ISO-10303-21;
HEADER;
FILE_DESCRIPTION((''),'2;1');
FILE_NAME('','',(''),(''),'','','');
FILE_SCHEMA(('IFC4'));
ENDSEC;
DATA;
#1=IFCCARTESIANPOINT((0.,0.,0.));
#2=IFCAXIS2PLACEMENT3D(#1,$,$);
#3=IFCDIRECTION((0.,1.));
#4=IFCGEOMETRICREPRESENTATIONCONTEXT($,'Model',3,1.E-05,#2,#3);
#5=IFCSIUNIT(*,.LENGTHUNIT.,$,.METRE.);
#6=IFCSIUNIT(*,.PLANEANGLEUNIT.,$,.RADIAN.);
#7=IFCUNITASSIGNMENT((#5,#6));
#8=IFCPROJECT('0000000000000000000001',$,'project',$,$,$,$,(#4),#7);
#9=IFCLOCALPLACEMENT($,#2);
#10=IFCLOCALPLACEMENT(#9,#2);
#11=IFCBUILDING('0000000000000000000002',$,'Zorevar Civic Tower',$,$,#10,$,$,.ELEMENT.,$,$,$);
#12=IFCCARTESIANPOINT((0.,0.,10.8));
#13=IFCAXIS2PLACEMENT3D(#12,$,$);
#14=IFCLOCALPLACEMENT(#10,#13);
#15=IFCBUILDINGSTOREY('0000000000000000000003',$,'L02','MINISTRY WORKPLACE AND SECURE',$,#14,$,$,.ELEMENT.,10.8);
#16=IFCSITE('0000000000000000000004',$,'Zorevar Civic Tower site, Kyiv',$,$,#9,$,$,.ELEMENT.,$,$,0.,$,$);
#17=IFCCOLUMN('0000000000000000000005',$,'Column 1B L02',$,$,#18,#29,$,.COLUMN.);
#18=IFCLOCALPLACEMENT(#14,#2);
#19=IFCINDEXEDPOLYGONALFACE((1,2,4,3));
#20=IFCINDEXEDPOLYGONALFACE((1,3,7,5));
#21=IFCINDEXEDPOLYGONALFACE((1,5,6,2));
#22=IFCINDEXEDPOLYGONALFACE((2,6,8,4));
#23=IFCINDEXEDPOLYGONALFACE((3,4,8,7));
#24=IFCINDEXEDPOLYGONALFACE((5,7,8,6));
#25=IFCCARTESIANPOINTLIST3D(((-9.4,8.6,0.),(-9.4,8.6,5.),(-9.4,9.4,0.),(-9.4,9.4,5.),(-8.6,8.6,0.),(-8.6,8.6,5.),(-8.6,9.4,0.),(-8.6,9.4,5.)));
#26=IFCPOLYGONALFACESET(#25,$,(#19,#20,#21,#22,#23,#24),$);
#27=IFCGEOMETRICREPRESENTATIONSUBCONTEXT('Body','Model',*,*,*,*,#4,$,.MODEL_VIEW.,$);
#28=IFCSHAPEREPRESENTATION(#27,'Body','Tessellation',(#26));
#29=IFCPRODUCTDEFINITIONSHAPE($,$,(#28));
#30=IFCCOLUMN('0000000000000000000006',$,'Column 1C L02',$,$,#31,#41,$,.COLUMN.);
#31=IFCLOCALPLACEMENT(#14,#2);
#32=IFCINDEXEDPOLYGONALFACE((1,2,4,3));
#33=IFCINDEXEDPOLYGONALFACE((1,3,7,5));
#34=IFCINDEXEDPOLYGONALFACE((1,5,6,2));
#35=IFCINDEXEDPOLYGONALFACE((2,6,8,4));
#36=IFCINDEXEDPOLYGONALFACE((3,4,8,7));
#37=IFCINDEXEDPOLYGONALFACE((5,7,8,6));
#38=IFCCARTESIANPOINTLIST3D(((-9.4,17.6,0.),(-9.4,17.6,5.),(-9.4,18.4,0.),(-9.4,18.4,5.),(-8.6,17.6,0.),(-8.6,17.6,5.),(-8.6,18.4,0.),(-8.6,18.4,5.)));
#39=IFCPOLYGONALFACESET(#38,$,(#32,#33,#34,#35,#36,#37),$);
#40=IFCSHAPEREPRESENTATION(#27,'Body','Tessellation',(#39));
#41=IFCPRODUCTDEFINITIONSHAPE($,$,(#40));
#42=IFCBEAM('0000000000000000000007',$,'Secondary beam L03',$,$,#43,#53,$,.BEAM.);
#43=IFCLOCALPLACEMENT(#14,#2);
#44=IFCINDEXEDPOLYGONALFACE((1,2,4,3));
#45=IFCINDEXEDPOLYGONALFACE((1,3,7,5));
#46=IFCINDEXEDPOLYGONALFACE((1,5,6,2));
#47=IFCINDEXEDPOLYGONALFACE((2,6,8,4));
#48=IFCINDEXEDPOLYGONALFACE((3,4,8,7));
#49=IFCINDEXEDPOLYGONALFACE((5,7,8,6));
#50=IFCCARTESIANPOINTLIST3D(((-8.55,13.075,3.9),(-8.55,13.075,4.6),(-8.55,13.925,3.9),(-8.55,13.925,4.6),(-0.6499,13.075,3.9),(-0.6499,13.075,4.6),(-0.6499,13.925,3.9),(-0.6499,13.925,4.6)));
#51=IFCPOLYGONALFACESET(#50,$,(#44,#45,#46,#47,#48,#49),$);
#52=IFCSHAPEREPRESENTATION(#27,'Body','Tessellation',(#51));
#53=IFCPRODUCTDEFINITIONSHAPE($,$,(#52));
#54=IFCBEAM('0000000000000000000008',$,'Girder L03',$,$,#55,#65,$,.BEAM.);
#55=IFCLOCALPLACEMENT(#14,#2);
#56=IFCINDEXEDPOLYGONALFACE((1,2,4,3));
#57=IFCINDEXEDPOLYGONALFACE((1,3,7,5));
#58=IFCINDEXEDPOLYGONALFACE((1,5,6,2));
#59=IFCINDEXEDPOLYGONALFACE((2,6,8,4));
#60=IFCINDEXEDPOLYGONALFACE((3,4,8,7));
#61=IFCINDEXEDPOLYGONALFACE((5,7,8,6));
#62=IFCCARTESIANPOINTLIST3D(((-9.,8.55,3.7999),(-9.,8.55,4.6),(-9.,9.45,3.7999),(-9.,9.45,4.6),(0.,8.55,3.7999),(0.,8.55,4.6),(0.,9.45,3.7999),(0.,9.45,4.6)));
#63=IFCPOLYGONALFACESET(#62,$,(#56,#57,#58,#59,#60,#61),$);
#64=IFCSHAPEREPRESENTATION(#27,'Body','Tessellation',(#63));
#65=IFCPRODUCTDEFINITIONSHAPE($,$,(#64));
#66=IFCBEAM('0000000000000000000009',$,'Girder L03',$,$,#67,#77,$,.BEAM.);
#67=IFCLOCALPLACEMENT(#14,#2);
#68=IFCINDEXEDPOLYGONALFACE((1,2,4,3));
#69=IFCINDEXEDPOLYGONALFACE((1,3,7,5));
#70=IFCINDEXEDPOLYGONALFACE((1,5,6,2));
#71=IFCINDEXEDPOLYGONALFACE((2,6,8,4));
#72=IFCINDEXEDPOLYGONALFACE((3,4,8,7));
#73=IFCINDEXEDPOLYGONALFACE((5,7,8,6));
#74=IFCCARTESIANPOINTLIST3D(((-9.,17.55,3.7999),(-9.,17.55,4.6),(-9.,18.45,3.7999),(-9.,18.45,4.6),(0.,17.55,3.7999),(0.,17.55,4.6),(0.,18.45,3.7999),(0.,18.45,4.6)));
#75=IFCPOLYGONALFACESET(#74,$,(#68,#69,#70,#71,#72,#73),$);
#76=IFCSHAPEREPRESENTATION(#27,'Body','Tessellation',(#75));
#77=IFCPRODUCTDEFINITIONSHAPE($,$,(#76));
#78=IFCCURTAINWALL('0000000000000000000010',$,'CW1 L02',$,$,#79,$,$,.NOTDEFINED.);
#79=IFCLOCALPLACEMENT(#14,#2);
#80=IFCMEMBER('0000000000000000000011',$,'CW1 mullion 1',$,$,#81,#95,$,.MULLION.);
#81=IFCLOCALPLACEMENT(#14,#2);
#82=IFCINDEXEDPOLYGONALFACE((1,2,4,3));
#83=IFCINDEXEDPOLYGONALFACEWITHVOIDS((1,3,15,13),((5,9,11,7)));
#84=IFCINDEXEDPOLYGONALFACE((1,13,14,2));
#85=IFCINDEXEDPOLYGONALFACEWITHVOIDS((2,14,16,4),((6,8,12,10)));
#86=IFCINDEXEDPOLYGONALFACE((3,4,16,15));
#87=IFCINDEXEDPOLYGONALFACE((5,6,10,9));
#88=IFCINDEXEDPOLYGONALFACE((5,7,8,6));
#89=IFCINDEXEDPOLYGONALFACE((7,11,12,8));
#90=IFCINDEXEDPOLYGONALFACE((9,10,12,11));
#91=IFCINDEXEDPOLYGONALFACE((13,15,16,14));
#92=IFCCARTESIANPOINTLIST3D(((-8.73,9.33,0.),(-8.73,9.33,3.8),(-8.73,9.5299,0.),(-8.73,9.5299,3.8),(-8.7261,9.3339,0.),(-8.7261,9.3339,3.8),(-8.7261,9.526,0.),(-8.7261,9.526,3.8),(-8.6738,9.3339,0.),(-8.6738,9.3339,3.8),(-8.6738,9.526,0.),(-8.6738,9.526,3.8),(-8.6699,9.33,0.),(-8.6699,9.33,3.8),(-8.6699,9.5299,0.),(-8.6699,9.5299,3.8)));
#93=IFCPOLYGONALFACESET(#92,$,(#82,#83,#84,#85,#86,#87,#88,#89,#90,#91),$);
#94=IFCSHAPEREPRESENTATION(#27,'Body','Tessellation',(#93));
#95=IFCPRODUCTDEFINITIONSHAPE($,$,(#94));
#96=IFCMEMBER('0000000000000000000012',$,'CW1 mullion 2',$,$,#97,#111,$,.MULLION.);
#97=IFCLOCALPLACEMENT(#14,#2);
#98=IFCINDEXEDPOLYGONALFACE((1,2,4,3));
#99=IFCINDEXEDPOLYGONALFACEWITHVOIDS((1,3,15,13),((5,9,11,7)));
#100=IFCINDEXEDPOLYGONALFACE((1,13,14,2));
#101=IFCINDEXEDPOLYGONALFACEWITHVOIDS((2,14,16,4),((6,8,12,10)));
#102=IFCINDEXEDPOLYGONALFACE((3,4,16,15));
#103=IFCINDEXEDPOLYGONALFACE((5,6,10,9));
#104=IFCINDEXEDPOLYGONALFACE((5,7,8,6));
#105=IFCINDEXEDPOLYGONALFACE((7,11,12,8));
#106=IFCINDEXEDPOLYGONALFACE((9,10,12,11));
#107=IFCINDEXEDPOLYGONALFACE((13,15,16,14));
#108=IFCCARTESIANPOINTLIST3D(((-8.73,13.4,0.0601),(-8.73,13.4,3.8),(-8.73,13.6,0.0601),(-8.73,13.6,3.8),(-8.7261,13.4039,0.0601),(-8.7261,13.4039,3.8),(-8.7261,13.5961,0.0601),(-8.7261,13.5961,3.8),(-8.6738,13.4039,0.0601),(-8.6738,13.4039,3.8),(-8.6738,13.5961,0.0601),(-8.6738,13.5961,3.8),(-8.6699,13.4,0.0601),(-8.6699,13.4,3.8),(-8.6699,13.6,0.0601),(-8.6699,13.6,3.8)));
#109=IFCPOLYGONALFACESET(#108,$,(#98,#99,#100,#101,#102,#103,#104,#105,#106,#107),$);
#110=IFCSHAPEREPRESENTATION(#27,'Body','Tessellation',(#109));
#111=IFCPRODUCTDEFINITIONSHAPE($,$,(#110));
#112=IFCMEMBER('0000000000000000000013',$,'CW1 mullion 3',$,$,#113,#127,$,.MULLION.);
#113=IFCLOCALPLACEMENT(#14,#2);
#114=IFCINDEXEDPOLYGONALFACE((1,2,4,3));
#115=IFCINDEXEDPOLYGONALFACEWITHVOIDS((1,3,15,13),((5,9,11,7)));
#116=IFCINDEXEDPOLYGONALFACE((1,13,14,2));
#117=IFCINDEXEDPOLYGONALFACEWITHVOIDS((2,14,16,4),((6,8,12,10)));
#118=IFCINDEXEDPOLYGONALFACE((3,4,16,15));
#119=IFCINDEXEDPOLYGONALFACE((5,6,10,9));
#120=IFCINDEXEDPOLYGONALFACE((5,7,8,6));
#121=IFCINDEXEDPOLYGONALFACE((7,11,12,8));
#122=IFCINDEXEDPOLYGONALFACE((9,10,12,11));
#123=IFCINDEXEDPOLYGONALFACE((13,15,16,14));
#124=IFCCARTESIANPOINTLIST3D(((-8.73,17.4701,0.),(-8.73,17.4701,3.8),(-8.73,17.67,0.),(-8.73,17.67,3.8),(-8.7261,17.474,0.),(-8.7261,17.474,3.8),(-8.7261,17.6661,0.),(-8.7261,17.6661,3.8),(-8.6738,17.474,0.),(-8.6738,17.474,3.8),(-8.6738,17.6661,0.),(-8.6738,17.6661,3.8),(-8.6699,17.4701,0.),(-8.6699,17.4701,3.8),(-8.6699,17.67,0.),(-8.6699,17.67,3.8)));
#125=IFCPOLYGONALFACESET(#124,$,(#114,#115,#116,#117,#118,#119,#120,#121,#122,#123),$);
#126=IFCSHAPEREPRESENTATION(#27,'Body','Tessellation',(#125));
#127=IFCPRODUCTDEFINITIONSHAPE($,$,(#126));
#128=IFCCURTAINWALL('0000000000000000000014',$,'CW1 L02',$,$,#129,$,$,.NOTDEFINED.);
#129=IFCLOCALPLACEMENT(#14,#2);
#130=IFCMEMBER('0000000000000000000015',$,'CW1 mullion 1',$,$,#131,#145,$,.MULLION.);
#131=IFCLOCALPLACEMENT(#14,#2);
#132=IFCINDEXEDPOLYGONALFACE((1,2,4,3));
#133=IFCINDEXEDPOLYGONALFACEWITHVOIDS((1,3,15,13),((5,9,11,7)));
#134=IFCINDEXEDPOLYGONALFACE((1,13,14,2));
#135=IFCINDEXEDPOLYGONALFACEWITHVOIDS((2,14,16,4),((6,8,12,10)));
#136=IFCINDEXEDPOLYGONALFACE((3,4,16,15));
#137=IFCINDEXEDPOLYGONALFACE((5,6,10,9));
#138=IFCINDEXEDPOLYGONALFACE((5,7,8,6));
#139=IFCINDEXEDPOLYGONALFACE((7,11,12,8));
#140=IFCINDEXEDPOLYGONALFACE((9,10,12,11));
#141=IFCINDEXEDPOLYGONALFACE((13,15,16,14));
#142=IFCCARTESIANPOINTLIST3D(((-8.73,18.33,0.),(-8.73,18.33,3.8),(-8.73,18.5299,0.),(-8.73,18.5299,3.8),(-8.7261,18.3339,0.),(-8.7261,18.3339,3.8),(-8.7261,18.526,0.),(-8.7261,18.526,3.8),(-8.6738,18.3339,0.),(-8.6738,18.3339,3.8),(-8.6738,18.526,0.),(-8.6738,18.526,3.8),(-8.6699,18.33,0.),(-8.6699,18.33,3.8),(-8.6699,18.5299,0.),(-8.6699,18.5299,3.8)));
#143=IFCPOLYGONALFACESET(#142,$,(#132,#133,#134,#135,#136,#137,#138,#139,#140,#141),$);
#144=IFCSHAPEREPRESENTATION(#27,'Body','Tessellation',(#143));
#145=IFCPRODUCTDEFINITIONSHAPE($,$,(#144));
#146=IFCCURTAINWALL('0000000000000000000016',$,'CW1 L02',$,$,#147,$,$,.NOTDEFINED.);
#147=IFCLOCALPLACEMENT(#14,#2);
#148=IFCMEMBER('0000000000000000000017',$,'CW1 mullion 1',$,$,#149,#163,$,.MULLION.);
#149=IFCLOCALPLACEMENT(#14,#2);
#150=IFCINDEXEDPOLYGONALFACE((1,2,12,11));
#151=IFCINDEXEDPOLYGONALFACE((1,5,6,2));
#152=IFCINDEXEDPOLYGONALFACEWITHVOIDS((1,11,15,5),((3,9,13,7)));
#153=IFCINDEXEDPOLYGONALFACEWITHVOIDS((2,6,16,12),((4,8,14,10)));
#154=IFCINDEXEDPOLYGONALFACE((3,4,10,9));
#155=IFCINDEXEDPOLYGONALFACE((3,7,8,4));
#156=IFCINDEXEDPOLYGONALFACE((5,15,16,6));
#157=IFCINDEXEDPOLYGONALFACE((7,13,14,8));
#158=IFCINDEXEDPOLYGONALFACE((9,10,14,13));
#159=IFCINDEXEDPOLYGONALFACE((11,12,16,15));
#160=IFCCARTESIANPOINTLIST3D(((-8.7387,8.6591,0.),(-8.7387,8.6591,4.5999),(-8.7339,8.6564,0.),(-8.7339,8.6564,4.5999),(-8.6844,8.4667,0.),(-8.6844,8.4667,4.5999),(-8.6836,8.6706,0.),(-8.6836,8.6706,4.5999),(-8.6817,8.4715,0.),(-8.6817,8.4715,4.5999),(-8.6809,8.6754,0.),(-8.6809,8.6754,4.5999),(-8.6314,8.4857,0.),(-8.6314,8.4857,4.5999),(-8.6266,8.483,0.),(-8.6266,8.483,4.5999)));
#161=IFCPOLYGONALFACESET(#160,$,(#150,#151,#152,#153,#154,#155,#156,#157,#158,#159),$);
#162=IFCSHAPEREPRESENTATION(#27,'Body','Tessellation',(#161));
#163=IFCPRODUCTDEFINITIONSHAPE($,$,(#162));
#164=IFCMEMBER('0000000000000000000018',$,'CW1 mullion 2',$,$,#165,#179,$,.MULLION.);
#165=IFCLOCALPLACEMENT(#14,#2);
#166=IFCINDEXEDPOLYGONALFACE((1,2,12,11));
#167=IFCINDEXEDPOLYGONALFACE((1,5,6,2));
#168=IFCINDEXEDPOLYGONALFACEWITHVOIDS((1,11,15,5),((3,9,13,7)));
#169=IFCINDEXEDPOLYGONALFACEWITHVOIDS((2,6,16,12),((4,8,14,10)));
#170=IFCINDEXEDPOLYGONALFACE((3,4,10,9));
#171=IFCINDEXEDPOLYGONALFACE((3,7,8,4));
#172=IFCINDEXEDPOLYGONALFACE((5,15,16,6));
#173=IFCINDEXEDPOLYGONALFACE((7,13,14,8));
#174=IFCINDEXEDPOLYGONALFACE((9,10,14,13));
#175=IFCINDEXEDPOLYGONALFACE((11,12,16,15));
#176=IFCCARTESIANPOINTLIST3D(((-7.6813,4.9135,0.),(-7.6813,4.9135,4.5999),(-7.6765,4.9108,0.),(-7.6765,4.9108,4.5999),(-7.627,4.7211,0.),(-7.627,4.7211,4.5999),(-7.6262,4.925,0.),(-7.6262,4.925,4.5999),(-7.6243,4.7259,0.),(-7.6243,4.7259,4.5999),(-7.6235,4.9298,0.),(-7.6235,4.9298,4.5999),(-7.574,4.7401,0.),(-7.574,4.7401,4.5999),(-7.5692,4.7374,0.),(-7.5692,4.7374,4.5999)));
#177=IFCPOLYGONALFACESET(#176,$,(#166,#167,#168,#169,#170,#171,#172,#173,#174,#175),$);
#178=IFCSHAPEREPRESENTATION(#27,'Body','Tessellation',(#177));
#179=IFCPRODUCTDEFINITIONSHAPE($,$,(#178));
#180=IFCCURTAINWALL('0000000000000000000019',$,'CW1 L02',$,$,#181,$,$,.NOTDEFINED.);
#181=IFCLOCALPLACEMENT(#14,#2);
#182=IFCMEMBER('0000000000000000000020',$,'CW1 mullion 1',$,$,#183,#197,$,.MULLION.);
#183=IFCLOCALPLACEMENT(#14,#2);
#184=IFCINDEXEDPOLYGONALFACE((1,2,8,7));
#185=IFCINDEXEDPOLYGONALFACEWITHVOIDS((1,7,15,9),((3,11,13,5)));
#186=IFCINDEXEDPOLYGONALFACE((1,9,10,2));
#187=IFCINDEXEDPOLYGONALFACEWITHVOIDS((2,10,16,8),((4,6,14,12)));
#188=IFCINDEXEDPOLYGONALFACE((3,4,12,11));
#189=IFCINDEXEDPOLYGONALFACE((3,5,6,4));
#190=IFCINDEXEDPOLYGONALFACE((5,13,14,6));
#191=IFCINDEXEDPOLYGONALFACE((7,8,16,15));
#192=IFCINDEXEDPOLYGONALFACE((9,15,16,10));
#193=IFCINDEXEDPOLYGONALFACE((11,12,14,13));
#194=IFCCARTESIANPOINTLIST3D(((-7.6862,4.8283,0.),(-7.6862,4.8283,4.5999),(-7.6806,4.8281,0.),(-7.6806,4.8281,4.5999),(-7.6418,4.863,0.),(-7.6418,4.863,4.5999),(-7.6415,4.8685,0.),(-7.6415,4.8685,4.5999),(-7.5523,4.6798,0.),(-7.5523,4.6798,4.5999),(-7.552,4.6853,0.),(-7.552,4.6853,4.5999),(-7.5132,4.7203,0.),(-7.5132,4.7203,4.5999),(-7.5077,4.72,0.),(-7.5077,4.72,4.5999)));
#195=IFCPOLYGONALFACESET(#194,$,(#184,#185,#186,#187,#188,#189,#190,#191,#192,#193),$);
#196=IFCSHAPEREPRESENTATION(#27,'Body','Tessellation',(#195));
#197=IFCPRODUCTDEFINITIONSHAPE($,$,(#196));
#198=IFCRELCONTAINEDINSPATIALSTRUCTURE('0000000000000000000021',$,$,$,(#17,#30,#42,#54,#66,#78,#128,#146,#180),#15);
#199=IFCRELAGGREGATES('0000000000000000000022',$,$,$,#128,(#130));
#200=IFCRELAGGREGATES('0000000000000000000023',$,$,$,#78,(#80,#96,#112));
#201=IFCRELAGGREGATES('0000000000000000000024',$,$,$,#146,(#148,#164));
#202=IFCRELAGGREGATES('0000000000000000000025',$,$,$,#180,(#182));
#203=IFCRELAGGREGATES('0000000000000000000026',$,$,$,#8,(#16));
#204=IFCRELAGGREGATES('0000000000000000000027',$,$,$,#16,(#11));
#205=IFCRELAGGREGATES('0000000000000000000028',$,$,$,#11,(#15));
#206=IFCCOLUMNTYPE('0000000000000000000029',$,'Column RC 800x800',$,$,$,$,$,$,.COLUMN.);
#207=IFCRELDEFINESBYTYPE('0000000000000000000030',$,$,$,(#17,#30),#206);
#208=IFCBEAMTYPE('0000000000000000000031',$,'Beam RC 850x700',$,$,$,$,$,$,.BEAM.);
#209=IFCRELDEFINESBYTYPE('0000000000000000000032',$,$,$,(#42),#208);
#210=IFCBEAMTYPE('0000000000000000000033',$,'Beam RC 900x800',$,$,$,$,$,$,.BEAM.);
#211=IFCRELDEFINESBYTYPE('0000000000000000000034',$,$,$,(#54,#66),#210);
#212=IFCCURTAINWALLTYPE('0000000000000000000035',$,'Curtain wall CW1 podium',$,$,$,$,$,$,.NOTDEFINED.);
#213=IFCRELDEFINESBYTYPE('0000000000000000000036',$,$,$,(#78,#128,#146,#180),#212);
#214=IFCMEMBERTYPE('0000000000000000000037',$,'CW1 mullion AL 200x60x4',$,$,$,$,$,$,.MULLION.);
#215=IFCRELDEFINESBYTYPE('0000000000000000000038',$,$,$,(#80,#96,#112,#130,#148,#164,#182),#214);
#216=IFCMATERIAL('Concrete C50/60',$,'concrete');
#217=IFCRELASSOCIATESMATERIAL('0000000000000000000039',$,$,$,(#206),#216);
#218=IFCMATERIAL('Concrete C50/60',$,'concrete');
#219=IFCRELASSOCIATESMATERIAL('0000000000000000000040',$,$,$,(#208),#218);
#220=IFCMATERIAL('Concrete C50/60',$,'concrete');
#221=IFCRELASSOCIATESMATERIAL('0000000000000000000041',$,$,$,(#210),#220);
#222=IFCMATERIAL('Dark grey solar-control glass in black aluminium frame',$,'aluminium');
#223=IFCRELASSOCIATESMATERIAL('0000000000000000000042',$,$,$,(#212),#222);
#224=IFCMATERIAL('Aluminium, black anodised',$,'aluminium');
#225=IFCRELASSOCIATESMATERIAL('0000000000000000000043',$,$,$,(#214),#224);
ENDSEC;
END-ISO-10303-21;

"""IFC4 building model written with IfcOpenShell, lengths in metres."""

from ifc_helpers import new_model, si_unit, direction, frame, origin, origin_2d, place, context, subcontext, project, spatial, rectangle, hollow_rectangle, extrude, material, material_profile, profile_set, type_object, element, aggregate, save


model = new_model("IFC4")

# Units and contexts
model_context = context("Model", 3, precision=1e-05, world=origin(), true_north=direction((0.0, 1.0)))
body_context = subcontext(model_context, "Body", "Model", "MODEL_VIEW")
ifc_project = project(units=[si_unit("LENGTHUNIT", "METRE"), si_unit("PLANEANGLEUNIT", "RADIAN")], contexts=[model_context])

# Site, building, storey
site_placement = place(None, origin())
site = spatial("IfcSite", under=ifc_project, at=site_placement, Name="Zorevar Civic Tower site, Kyiv", CompositionType="ELEMENT", RefElevation=0.0)
building_placement = place(site_placement, origin())
building = spatial("IfcBuilding", under=site, at=building_placement, Name="Zorevar Civic Tower", CompositionType="ELEMENT")
storey_placement = place(building_placement, frame((0.0, 0.0, 10.8)))
storey = spatial("IfcBuildingStorey", under=building, at=storey_placement, Name="L02", Description="MINISTRY WORKPLACE AND SECURE", CompositionType="ELEMENT", Elevation=10.8)

# Columns
ifc_material_1 = material(Name="Concrete C50/60", Category="concrete")
ifc_material_profile_1 = material_profile(ifc_material_1, rectangle(XDim=0.8, YDim=0.8, at=origin_2d()), Name="RC 800x800")
ifc_profile_set_1 = profile_set([ifc_material_profile_1], Name="Concrete C50/60")
column_type = type_object("IfcColumnType", Name="Column RC 800x800", PredefinedType="COLUMN", material=ifc_profile_set_1)
for number, where, z_axis, x_axis, name in (
    (1, (-9.0, 9.0, 0.0), (0.0, 0.0, 1.0), (1.0, 0.0, 0.0), "Column 1B L02"),
    (2, (-9.0, 18.0, 0.0), (0.0, 0.0, 1.0), (1.0, 0.0, 0.0), "Column 1C L02"),
):
    element("IfcColumn", number, at=place(storey_placement, frame(where, z_axis=z_axis, x_axis=x_axis)), inside=storey, type_object=column_type, Name=name, PredefinedType="COLUMN", context=body_context, shape_type="SweptSolid", body=[
        extrude(rectangle(XDim=0.8, YDim=0.8, at=origin_2d()), origin(), (0.0, 0.0, 1.0), 5.0),
    ])

# Beams
ifc_material_2 = material(Name="Concrete C50/60", Category="concrete")
ifc_material_profile_2 = material_profile(ifc_material_2, rectangle(XDim=0.8501, YDim=0.7, at=origin_2d()), Name="RC 850x700")
ifc_profile_set_2 = profile_set([ifc_material_profile_2], Name="Concrete C50/60")
beam_type_1 = type_object("IfcBeamType", Name="Beam RC 850x700", PredefinedType="BEAM", material=ifc_profile_set_2)
beam_1_placement = place(storey_placement, frame((-8.55, 13.5, 4.25), z_axis=(1.0, 0.0, 0.0), x_axis=(0.0, 1.0, 0.0)))
element("IfcBeam", 3, at=beam_1_placement, inside=storey, type_object=beam_type_1, Name="Secondary beam L03", PredefinedType="BEAM", context=body_context, shape_type="SweptSolid", body=[
    extrude(rectangle(XDim=0.8501, YDim=0.7, at=origin_2d()), origin(), (0.0, 0.0, 1.0), 7.9001),
])
ifc_material_3 = material(Name="Concrete C50/60", Category="concrete")
ifc_material_profile_3 = material_profile(ifc_material_3, rectangle(XDim=0.8999, YDim=0.8, at=origin_2d()), Name="RC 900x800")
ifc_profile_set_3 = profile_set([ifc_material_profile_3], Name="Concrete C50/60")
beam_type_2 = type_object("IfcBeamType", Name="Beam RC 900x800", PredefinedType="BEAM", material=ifc_profile_set_3)
for number, where, z_axis, x_axis, name in (
    (4, (-9.0, 9.0, 4.2), (1.0, 0.0, 0.0), (0.0, 1.0, 0.0), "Girder L03"),
    (5, (-9.0, 18.0, 4.2), (1.0, 0.0, 0.0), (0.0, 1.0, 0.0), "Girder L03"),
):
    element("IfcBeam", number, at=place(storey_placement, frame(where, z_axis=z_axis, x_axis=x_axis)), inside=storey, type_object=beam_type_2, Name=name, PredefinedType="BEAM", context=body_context, shape_type="SweptSolid", body=[
        extrude(rectangle(XDim=0.8999, YDim=0.8, at=origin_2d()), origin(), (0.0, 0.0, 1.0), 9.0),
    ])

# Curtain wall, members
ifc_material_4 = material(Name="Dark grey solar-control glass in black aluminium frame", Category="aluminium")
curtain_wall_type = type_object("IfcCurtainWallType", Name="Curtain wall CW1 podium", PredefinedType="NOTDEFINED", material=ifc_material_4)
curtain_wall_1_placement = place(storey_placement, origin())
curtain_wall_1 = element("IfcCurtainWall", 6, at=curtain_wall_1_placement, inside=storey, type_object=curtain_wall_type, Name="CW1 L02", PredefinedType="NOTDEFINED")
ifc_material_5 = material(Name="Aluminium, black anodised", Category="aluminium")
ifc_material_profile_4 = material_profile(ifc_material_5, hollow_rectangle(XDim=0.0601, YDim=0.2, WallThickness=0.0039, at=origin_2d()), Name="AL 200x60x4")
ifc_profile_set_4 = profile_set([ifc_material_profile_4], Name="Aluminium, black anodised")
member_type_1 = type_object("IfcMemberType", Name="CW1 mullion AL 200x60x4", PredefinedType="MULLION", material=ifc_profile_set_4)
member_1_placement = place(storey_placement, frame((-8.7, 9.4299, 0.0), z_axis=(0.0, 0.0, 1.0), x_axis=(-1.0, 0.0, 0.0)))
member_1 = element("IfcMember", 7, at=member_1_placement, type_object=member_type_1, Name="CW1 mullion 1", PredefinedType="MULLION", context=body_context, shape_type="SweptSolid", body=[
    extrude(hollow_rectangle(XDim=0.0601, YDim=0.2, WallThickness=0.0039, at=origin_2d()), origin(), (0.0, 0.0, 1.0), 3.8),
])
member_2_placement = place(storey_placement, frame((-8.7, 13.5, 0.0601), z_axis=(0.0, 0.0, 1.0), x_axis=(-1.0, 0.0, 0.0)))
member_2 = element("IfcMember", 8, at=member_2_placement, type_object=member_type_1, Name="CW1 mullion 2", PredefinedType="MULLION", context=body_context, shape_type="SweptSolid", body=[
    extrude(hollow_rectangle(XDim=0.0601, YDim=0.2, WallThickness=0.0039, at=origin_2d()), origin(), (0.0, 0.0, 1.0), 3.74),
])
member_3_placement = place(storey_placement, frame((-8.7, 17.5701, 0.0), z_axis=(0.0, 0.0, 1.0), x_axis=(-1.0, 0.0, 0.0)))
member_3 = element("IfcMember", 9, at=member_3_placement, type_object=member_type_1, Name="CW1 mullion 3", PredefinedType="MULLION", context=body_context, shape_type="SweptSolid", body=[
    extrude(hollow_rectangle(XDim=0.0601, YDim=0.2, WallThickness=0.0039, at=origin_2d()), origin(), (0.0, 0.0, 1.0), 3.8),
])

# Curtain wall, member
curtain_wall_2_placement = place(storey_placement, origin())
curtain_wall_2 = element("IfcCurtainWall", 10, at=curtain_wall_2_placement, inside=storey, type_object=curtain_wall_type, Name="CW1 L02", PredefinedType="NOTDEFINED")
member_4_placement = place(storey_placement, frame((-8.7, 18.4299, 0.0), z_axis=(0.0, 0.0, 1.0), x_axis=(-1.0, 0.0, 0.0)))
member_4 = element("IfcMember", 11, at=member_4_placement, type_object=member_type_1, Name="CW1 mullion 1", PredefinedType="MULLION", context=body_context, shape_type="SweptSolid", body=[
    extrude(hollow_rectangle(XDim=0.0601, YDim=0.2, WallThickness=0.0039, at=origin_2d()), origin(), (0.0, 0.0, 1.0), 3.8),
])

# Curtain walls, members
curtain_wall_3_placement = place(storey_placement, origin())
curtain_wall_3 = element("IfcCurtainWall", 12, at=curtain_wall_3_placement, inside=storey, type_object=curtain_wall_type, Name="CW1 L02", PredefinedType="NOTDEFINED")
member_5_placement = place(storey_placement, frame((-8.6826, 8.571, 0.0), z_axis=(0.0, 0.0, 1.0), x_axis=(0.962391, 0.271669, 0.0)))
member_5 = element("IfcMember", 13, at=member_5_placement, type_object=member_type_1, Name="CW1 mullion 1", PredefinedType="MULLION", context=body_context, shape_type="SweptSolid", body=[
    extrude(hollow_rectangle(XDim=0.0601, YDim=0.2, WallThickness=0.0039, at=origin_2d()), origin(), (0.0, 0.0, 1.0), 4.5999),
])
member_6_placement = place(storey_placement, frame((-7.6252, 4.8254, 0.0), z_axis=(0.0, 0.0, 1.0), x_axis=(0.962391, 0.271669, 0.0)))
member_6 = element("IfcMember", 14, at=member_6_placement, type_object=member_type_1, Name="CW1 mullion 2", PredefinedType="MULLION", context=body_context, shape_type="SweptSolid", body=[
    extrude(hollow_rectangle(XDim=0.0601, YDim=0.2, WallThickness=0.0039, at=origin_2d()), origin(), (0.0, 0.0, 1.0), 4.5999),
])
curtain_wall_4_placement = place(storey_placement, origin())
curtain_wall_4 = element("IfcCurtainWall", 15, at=curtain_wall_4_placement, inside=storey, type_object=curtain_wall_type, Name="CW1 L02", PredefinedType="NOTDEFINED")
member_7_placement = place(storey_placement, frame((-7.5969, 4.7742, 0.0), z_axis=(0.0, 0.0, 1.0), x_axis=(0.7429, 0.669403, 0.0)))
member_7 = element("IfcMember", 16, at=member_7_placement, type_object=member_type_1, Name="CW1 mullion 1", PredefinedType="MULLION", context=body_context, shape_type="SweptSolid", body=[
    extrude(hollow_rectangle(XDim=0.0601, YDim=0.2, WallThickness=0.0039, at=origin_2d()), origin(), (0.0, 0.0, 1.0), 4.5999),
])

aggregate(curtain_wall_2, [member_4])

aggregate(curtain_wall_1, [member_1, member_2, member_3])
aggregate(curtain_wall_3, [member_5, member_6])
aggregate(curtain_wall_4, [member_7])

save(model, "model.ifc")
